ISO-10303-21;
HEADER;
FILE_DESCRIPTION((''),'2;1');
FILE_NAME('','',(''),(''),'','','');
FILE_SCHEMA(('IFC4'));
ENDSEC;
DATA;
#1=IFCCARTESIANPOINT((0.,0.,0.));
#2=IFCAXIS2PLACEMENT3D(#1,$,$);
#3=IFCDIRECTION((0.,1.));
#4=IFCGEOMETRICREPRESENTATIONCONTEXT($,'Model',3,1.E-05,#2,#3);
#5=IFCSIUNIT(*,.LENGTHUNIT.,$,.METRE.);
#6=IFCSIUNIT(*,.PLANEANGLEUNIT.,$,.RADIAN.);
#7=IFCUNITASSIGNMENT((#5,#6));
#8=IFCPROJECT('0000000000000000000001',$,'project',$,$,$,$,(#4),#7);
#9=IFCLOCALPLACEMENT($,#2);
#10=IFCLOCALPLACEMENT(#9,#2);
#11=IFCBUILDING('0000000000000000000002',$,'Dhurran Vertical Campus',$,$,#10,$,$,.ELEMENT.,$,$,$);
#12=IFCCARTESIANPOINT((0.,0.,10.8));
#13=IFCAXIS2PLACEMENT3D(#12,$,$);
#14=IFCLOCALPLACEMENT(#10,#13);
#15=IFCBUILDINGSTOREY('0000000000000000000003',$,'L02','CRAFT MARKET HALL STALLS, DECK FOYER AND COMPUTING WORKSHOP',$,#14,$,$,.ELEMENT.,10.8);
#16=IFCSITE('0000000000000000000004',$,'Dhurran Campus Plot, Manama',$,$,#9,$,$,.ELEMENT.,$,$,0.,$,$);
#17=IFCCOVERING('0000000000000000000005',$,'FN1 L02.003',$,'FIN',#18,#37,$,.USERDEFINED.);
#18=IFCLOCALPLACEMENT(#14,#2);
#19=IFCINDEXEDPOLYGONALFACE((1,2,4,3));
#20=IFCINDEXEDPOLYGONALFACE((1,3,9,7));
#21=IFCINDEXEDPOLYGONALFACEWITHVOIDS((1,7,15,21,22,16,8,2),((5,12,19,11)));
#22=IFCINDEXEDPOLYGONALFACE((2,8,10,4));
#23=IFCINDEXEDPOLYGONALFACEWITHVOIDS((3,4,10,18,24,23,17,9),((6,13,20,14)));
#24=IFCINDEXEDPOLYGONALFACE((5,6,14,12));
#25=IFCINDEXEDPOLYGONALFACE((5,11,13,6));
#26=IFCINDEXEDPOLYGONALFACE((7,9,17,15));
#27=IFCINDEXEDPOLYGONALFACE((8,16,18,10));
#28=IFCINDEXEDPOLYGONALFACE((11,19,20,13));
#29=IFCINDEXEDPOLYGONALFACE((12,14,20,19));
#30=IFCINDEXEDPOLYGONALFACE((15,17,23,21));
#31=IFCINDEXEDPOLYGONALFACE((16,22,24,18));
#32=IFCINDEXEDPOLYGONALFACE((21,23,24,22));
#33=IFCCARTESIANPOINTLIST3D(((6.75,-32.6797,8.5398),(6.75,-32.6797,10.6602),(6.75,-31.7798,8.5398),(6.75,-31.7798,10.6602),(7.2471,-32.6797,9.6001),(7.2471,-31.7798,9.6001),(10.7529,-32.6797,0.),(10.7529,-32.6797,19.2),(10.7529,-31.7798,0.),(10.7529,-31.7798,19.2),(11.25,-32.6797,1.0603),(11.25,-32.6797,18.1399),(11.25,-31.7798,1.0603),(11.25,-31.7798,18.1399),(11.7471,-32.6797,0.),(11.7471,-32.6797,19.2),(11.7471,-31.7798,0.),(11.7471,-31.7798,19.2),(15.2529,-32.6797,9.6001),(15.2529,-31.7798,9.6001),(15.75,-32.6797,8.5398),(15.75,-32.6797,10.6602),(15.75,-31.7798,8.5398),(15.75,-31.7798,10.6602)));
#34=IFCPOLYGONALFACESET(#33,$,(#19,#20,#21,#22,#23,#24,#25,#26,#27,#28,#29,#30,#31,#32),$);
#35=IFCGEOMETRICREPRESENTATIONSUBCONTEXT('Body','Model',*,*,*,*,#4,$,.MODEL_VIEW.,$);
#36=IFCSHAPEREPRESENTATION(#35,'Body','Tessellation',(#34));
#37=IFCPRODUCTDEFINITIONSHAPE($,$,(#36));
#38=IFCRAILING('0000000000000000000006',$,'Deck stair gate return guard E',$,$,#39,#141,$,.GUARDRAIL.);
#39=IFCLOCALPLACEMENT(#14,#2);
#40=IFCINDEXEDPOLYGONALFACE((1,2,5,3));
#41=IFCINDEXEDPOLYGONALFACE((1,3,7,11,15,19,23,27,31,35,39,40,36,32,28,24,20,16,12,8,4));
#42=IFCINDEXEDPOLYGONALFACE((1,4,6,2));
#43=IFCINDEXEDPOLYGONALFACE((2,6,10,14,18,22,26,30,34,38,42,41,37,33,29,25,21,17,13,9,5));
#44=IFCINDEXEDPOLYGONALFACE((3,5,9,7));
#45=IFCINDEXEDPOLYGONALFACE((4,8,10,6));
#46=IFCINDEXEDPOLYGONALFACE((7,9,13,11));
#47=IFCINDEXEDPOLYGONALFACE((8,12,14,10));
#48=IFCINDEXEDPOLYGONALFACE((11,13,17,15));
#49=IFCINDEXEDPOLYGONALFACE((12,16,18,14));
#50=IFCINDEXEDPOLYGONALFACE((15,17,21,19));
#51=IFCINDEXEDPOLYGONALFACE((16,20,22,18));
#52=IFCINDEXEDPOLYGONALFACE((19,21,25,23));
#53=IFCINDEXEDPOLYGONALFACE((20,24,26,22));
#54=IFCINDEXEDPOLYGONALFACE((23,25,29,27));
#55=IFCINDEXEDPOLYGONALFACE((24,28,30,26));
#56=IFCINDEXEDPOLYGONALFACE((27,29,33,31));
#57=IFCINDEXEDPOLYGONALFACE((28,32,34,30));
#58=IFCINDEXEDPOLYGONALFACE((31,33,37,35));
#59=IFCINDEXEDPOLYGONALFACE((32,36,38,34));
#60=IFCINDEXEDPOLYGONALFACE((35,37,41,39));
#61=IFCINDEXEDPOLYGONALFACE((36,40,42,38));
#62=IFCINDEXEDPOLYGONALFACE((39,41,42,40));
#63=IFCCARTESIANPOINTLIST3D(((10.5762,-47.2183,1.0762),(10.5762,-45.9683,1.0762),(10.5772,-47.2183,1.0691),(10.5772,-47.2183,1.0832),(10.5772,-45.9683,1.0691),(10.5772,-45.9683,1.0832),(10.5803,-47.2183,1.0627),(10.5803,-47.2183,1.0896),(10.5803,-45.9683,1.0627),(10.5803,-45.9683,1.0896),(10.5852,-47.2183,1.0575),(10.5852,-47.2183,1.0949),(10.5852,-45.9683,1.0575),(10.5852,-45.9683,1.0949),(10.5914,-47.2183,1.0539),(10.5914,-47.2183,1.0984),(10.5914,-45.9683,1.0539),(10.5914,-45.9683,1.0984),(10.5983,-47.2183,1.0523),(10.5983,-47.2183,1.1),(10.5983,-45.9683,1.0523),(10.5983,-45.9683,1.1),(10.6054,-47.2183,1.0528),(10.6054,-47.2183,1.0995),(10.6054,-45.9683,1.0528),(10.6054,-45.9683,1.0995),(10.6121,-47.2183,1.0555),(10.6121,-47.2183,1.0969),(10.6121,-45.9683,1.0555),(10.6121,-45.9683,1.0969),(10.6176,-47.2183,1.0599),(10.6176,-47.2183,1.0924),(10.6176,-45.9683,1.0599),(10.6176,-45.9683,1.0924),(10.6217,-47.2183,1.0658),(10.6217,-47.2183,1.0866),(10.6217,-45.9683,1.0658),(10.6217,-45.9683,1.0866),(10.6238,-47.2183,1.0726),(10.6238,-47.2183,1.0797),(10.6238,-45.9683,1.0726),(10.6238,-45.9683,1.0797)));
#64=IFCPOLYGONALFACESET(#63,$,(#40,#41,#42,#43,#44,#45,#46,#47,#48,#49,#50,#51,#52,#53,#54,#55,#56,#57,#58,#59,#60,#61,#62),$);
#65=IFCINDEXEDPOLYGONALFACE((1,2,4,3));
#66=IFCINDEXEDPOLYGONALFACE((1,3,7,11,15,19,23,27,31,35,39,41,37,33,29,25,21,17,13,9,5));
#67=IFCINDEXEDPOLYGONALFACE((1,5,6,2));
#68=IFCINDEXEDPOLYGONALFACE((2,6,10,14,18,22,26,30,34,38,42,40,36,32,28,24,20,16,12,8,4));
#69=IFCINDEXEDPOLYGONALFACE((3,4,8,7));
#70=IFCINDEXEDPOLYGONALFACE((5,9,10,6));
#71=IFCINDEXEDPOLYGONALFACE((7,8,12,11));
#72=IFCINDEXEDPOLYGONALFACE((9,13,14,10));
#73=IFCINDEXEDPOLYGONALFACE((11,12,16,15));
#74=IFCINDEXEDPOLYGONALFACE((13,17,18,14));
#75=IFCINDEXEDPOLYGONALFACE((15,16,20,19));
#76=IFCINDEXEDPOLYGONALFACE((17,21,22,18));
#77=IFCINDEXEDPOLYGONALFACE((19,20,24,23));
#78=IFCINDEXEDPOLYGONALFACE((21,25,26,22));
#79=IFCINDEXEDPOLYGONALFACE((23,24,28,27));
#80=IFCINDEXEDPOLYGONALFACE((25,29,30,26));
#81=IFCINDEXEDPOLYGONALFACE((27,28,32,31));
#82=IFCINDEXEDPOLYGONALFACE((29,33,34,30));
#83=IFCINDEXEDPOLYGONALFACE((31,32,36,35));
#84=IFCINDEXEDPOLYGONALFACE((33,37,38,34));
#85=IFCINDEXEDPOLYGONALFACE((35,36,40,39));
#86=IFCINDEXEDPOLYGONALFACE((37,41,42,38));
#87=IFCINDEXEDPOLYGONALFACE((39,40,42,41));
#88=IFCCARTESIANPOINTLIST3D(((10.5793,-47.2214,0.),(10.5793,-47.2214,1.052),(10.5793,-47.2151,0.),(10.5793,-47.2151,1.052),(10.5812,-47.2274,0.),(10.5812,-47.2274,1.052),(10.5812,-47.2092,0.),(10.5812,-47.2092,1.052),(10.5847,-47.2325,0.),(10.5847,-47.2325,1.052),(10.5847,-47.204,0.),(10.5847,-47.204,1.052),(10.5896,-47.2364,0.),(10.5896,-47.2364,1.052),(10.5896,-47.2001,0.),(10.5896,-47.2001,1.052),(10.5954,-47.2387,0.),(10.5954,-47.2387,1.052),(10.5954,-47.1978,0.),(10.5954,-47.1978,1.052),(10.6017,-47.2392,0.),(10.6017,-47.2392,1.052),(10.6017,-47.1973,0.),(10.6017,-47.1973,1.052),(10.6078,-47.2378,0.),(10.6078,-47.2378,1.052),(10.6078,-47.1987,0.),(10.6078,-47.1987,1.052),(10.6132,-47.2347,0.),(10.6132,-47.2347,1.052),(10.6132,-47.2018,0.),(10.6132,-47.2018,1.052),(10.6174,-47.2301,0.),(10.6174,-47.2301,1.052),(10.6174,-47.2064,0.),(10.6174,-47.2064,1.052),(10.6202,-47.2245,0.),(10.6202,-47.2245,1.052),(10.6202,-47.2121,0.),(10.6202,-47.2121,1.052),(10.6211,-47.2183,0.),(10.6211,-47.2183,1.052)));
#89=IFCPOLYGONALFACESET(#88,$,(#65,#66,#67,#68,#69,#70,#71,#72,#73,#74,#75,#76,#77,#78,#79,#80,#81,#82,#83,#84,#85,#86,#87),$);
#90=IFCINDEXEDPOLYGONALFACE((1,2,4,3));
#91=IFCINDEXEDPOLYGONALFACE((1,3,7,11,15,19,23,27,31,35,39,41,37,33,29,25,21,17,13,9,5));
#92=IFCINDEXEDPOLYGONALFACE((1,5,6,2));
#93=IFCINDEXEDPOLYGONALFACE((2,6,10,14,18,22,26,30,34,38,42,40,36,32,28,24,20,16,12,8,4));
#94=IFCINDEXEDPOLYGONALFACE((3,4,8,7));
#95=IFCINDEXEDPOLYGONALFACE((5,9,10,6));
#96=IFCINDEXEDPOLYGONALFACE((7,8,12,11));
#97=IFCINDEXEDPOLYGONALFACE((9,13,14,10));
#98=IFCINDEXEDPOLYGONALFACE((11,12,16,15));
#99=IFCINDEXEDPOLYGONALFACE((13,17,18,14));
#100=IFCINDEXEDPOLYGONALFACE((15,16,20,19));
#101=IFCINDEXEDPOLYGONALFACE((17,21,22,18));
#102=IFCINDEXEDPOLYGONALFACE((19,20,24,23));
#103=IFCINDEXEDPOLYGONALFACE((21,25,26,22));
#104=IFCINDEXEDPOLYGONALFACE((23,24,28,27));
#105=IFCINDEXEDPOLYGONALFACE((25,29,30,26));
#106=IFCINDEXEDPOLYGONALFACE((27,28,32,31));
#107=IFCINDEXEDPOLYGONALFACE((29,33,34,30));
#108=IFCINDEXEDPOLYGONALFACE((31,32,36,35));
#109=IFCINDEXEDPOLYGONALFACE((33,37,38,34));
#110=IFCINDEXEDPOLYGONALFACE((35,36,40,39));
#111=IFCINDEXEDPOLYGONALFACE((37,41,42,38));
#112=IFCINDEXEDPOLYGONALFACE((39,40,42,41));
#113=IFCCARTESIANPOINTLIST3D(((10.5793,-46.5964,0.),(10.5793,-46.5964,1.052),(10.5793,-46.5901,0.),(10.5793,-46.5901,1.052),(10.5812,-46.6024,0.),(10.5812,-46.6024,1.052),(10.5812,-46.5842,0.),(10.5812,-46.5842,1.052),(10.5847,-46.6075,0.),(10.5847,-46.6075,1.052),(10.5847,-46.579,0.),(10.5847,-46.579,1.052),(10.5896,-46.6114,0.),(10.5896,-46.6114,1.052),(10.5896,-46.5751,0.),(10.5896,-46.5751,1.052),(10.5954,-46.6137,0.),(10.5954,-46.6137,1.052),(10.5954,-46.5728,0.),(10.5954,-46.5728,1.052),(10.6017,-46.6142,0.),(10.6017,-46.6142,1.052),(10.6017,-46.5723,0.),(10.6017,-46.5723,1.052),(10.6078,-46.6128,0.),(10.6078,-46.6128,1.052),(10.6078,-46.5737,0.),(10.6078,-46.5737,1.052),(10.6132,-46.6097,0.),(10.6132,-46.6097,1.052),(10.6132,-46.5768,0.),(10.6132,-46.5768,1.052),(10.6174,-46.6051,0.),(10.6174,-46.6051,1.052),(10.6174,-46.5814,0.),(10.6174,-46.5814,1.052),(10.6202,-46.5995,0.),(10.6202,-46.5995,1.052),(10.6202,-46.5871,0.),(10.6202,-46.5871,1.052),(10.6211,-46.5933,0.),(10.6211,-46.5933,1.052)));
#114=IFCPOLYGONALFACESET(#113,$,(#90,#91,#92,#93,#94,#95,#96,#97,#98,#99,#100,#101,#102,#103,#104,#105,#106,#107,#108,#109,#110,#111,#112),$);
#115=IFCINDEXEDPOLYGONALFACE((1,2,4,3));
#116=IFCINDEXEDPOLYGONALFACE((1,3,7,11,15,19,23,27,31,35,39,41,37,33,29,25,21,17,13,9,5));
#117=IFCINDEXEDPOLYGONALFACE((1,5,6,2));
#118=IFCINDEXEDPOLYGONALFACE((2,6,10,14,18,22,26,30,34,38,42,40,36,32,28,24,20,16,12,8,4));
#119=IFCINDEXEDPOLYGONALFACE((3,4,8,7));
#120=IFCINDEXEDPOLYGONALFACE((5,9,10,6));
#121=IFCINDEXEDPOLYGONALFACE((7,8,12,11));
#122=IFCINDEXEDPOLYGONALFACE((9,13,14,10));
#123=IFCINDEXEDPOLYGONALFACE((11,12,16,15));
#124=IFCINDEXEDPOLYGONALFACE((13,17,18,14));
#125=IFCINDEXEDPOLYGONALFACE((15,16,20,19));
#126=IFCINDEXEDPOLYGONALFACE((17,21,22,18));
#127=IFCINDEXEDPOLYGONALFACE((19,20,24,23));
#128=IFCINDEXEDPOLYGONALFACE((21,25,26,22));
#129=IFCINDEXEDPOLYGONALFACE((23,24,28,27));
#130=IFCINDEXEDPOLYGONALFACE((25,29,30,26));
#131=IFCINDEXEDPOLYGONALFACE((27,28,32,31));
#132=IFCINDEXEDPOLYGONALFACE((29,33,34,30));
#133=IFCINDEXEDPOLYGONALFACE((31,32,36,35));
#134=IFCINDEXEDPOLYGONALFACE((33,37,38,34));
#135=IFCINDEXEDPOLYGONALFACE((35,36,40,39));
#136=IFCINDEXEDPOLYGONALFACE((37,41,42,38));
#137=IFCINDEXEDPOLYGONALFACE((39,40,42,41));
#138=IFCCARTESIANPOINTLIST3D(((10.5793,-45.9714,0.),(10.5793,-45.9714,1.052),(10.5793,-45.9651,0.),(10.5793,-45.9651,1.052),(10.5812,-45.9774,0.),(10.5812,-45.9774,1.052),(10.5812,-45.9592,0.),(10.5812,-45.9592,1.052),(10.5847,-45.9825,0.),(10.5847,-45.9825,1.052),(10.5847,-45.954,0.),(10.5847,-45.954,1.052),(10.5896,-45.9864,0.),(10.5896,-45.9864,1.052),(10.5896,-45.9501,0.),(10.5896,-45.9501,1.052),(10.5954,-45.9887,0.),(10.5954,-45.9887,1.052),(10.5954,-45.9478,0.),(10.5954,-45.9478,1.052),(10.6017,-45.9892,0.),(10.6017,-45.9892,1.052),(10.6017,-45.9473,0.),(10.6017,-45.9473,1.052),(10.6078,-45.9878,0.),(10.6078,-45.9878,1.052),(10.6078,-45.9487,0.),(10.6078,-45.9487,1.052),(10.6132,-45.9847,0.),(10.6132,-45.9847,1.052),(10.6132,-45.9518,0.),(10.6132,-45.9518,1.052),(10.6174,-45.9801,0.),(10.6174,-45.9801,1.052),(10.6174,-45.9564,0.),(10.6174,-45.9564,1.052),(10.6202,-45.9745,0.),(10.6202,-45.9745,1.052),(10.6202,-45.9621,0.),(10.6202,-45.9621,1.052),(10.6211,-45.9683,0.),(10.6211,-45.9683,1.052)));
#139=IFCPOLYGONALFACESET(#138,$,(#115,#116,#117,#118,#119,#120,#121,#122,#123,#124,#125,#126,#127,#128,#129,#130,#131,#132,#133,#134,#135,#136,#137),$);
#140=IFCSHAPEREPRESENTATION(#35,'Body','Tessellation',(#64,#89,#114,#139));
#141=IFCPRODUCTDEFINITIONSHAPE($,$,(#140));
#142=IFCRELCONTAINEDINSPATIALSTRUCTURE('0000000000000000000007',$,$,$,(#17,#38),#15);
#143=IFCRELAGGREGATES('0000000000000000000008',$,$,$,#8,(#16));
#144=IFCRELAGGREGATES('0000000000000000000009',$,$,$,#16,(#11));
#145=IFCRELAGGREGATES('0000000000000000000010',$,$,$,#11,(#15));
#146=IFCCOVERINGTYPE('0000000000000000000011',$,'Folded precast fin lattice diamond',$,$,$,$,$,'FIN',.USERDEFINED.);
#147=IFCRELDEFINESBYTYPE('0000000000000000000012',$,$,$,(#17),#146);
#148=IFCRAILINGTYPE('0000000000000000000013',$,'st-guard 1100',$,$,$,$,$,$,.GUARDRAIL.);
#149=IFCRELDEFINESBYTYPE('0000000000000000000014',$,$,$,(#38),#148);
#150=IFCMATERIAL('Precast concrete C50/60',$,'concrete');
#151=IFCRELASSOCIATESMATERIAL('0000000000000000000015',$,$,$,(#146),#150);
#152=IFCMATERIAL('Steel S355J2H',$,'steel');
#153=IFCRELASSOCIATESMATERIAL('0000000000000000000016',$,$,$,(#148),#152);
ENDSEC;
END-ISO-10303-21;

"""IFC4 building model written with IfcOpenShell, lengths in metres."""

from ifc_helpers import new_model, si_unit, direction, frame, origin, origin_2d, place, context, subcontext, project, spatial, polyline, circle, outline, extrude, material, type_object, element, save


model = new_model("IFC4")

# Units and contexts
model_context = context("Model", 3, precision=1e-05, world=origin(), true_north=direction((0.0, 1.0)))
body_context = subcontext(model_context, "Body", "Model", "MODEL_VIEW")
ifc_project = project(units=[si_unit("LENGTHUNIT", "METRE"), si_unit("PLANEANGLEUNIT", "RADIAN")], contexts=[model_context])

# Site, building, storey
site_placement = place(None, origin())
site = spatial("IfcSite", under=ifc_project, at=site_placement, Name="Dhurran Campus Plot, Manama", CompositionType="ELEMENT", RefElevation=0.0)
building_placement = place(site_placement, origin())
building = spatial("IfcBuilding", under=site, at=building_placement, Name="Dhurran Vertical Campus", CompositionType="ELEMENT")
storey_placement = place(building_placement, frame((0.0, 0.0, 10.8)))
storey = spatial("IfcBuildingStorey", under=building, at=storey_placement, Name="L02", Description="CRAFT MARKET HALL STALLS, DECK FOYER AND COMPUTING WORKSHOP", CompositionType="ELEMENT", Elevation=10.8)

# Covering
ifc_material_1 = material(Name="Precast concrete C50/60", Category="concrete")
covering_type = type_object("IfcCoveringType", Name="Folded precast fin lattice diamond", ElementType="FIN", PredefinedType="USERDEFINED", material=ifc_material_1)
covering_placement = place(storey_placement, frame((6.75, -31.7798, 0.0), z_axis=(0.0, -1.0, 0.0), x_axis=(1.0, 0.0, 0.0)))
element("IfcCovering", 1, at=covering_placement, inside=storey, type_object=covering_type, Name="FN1 L02.003", ObjectType="FIN", PredefinedType="USERDEFINED", context=body_context, shape_type="SweptSolid", body=[
    extrude(outline(polyline([(9.0, 10.6602), (9.0, 8.5398), (4.9971, 0.0), (4.0029, 0.0), (0.0, 8.5398), (0.0, 10.6602), (4.0029, 19.2), (4.9971, 19.2), (9.0, 10.6602)]), holes=[polyline([(8.5029, 9.6001), (4.5, 18.1399), (0.4971, 9.6001), (4.5, 1.0603), (8.5029, 9.6001)])]), origin(), (0.0, 0.0, 1.0), 0.8999),
])

# Railing
ifc_material_2 = material(Name="Steel S355J2H", Category="steel")
railing_type = type_object("IfcRailingType", Name="st-guard 1100", PredefinedType="GUARDRAIL", material=ifc_material_2)
railing_placement = place(storey_placement, frame((10.6001, -47.2183, 0.0)))
element("IfcRailing", 2, at=railing_placement, inside=storey, type_object=railing_type, Name="Deck stair gate return guard E", PredefinedType="GUARDRAIL", context=body_context, shape_type="SweptSolid", body=[
    extrude(circle(Radius=0.0239, at=origin_2d()), frame((0.0, 0.0, 1.0762), z_axis=(0.0, 1.0, 0.0), x_axis=(-1.0, 0.0, 0.0)), (0.0, 0.0, 1.0), 1.25),
    extrude(circle(Radius=0.021, at=origin_2d()), origin(), (0.0, 0.0, 1.0), 1.052),
    extrude(circle(Radius=0.021, at=origin_2d()), frame((0.0, 0.625, 0.0)), (0.0, 0.0, 1.0), 1.052),
    extrude(circle(Radius=0.021, at=origin_2d()), frame((0.0, 1.25, 0.0)), (0.0, 0.0, 1.0), 1.052),
])

save(model, "model.ifc")
